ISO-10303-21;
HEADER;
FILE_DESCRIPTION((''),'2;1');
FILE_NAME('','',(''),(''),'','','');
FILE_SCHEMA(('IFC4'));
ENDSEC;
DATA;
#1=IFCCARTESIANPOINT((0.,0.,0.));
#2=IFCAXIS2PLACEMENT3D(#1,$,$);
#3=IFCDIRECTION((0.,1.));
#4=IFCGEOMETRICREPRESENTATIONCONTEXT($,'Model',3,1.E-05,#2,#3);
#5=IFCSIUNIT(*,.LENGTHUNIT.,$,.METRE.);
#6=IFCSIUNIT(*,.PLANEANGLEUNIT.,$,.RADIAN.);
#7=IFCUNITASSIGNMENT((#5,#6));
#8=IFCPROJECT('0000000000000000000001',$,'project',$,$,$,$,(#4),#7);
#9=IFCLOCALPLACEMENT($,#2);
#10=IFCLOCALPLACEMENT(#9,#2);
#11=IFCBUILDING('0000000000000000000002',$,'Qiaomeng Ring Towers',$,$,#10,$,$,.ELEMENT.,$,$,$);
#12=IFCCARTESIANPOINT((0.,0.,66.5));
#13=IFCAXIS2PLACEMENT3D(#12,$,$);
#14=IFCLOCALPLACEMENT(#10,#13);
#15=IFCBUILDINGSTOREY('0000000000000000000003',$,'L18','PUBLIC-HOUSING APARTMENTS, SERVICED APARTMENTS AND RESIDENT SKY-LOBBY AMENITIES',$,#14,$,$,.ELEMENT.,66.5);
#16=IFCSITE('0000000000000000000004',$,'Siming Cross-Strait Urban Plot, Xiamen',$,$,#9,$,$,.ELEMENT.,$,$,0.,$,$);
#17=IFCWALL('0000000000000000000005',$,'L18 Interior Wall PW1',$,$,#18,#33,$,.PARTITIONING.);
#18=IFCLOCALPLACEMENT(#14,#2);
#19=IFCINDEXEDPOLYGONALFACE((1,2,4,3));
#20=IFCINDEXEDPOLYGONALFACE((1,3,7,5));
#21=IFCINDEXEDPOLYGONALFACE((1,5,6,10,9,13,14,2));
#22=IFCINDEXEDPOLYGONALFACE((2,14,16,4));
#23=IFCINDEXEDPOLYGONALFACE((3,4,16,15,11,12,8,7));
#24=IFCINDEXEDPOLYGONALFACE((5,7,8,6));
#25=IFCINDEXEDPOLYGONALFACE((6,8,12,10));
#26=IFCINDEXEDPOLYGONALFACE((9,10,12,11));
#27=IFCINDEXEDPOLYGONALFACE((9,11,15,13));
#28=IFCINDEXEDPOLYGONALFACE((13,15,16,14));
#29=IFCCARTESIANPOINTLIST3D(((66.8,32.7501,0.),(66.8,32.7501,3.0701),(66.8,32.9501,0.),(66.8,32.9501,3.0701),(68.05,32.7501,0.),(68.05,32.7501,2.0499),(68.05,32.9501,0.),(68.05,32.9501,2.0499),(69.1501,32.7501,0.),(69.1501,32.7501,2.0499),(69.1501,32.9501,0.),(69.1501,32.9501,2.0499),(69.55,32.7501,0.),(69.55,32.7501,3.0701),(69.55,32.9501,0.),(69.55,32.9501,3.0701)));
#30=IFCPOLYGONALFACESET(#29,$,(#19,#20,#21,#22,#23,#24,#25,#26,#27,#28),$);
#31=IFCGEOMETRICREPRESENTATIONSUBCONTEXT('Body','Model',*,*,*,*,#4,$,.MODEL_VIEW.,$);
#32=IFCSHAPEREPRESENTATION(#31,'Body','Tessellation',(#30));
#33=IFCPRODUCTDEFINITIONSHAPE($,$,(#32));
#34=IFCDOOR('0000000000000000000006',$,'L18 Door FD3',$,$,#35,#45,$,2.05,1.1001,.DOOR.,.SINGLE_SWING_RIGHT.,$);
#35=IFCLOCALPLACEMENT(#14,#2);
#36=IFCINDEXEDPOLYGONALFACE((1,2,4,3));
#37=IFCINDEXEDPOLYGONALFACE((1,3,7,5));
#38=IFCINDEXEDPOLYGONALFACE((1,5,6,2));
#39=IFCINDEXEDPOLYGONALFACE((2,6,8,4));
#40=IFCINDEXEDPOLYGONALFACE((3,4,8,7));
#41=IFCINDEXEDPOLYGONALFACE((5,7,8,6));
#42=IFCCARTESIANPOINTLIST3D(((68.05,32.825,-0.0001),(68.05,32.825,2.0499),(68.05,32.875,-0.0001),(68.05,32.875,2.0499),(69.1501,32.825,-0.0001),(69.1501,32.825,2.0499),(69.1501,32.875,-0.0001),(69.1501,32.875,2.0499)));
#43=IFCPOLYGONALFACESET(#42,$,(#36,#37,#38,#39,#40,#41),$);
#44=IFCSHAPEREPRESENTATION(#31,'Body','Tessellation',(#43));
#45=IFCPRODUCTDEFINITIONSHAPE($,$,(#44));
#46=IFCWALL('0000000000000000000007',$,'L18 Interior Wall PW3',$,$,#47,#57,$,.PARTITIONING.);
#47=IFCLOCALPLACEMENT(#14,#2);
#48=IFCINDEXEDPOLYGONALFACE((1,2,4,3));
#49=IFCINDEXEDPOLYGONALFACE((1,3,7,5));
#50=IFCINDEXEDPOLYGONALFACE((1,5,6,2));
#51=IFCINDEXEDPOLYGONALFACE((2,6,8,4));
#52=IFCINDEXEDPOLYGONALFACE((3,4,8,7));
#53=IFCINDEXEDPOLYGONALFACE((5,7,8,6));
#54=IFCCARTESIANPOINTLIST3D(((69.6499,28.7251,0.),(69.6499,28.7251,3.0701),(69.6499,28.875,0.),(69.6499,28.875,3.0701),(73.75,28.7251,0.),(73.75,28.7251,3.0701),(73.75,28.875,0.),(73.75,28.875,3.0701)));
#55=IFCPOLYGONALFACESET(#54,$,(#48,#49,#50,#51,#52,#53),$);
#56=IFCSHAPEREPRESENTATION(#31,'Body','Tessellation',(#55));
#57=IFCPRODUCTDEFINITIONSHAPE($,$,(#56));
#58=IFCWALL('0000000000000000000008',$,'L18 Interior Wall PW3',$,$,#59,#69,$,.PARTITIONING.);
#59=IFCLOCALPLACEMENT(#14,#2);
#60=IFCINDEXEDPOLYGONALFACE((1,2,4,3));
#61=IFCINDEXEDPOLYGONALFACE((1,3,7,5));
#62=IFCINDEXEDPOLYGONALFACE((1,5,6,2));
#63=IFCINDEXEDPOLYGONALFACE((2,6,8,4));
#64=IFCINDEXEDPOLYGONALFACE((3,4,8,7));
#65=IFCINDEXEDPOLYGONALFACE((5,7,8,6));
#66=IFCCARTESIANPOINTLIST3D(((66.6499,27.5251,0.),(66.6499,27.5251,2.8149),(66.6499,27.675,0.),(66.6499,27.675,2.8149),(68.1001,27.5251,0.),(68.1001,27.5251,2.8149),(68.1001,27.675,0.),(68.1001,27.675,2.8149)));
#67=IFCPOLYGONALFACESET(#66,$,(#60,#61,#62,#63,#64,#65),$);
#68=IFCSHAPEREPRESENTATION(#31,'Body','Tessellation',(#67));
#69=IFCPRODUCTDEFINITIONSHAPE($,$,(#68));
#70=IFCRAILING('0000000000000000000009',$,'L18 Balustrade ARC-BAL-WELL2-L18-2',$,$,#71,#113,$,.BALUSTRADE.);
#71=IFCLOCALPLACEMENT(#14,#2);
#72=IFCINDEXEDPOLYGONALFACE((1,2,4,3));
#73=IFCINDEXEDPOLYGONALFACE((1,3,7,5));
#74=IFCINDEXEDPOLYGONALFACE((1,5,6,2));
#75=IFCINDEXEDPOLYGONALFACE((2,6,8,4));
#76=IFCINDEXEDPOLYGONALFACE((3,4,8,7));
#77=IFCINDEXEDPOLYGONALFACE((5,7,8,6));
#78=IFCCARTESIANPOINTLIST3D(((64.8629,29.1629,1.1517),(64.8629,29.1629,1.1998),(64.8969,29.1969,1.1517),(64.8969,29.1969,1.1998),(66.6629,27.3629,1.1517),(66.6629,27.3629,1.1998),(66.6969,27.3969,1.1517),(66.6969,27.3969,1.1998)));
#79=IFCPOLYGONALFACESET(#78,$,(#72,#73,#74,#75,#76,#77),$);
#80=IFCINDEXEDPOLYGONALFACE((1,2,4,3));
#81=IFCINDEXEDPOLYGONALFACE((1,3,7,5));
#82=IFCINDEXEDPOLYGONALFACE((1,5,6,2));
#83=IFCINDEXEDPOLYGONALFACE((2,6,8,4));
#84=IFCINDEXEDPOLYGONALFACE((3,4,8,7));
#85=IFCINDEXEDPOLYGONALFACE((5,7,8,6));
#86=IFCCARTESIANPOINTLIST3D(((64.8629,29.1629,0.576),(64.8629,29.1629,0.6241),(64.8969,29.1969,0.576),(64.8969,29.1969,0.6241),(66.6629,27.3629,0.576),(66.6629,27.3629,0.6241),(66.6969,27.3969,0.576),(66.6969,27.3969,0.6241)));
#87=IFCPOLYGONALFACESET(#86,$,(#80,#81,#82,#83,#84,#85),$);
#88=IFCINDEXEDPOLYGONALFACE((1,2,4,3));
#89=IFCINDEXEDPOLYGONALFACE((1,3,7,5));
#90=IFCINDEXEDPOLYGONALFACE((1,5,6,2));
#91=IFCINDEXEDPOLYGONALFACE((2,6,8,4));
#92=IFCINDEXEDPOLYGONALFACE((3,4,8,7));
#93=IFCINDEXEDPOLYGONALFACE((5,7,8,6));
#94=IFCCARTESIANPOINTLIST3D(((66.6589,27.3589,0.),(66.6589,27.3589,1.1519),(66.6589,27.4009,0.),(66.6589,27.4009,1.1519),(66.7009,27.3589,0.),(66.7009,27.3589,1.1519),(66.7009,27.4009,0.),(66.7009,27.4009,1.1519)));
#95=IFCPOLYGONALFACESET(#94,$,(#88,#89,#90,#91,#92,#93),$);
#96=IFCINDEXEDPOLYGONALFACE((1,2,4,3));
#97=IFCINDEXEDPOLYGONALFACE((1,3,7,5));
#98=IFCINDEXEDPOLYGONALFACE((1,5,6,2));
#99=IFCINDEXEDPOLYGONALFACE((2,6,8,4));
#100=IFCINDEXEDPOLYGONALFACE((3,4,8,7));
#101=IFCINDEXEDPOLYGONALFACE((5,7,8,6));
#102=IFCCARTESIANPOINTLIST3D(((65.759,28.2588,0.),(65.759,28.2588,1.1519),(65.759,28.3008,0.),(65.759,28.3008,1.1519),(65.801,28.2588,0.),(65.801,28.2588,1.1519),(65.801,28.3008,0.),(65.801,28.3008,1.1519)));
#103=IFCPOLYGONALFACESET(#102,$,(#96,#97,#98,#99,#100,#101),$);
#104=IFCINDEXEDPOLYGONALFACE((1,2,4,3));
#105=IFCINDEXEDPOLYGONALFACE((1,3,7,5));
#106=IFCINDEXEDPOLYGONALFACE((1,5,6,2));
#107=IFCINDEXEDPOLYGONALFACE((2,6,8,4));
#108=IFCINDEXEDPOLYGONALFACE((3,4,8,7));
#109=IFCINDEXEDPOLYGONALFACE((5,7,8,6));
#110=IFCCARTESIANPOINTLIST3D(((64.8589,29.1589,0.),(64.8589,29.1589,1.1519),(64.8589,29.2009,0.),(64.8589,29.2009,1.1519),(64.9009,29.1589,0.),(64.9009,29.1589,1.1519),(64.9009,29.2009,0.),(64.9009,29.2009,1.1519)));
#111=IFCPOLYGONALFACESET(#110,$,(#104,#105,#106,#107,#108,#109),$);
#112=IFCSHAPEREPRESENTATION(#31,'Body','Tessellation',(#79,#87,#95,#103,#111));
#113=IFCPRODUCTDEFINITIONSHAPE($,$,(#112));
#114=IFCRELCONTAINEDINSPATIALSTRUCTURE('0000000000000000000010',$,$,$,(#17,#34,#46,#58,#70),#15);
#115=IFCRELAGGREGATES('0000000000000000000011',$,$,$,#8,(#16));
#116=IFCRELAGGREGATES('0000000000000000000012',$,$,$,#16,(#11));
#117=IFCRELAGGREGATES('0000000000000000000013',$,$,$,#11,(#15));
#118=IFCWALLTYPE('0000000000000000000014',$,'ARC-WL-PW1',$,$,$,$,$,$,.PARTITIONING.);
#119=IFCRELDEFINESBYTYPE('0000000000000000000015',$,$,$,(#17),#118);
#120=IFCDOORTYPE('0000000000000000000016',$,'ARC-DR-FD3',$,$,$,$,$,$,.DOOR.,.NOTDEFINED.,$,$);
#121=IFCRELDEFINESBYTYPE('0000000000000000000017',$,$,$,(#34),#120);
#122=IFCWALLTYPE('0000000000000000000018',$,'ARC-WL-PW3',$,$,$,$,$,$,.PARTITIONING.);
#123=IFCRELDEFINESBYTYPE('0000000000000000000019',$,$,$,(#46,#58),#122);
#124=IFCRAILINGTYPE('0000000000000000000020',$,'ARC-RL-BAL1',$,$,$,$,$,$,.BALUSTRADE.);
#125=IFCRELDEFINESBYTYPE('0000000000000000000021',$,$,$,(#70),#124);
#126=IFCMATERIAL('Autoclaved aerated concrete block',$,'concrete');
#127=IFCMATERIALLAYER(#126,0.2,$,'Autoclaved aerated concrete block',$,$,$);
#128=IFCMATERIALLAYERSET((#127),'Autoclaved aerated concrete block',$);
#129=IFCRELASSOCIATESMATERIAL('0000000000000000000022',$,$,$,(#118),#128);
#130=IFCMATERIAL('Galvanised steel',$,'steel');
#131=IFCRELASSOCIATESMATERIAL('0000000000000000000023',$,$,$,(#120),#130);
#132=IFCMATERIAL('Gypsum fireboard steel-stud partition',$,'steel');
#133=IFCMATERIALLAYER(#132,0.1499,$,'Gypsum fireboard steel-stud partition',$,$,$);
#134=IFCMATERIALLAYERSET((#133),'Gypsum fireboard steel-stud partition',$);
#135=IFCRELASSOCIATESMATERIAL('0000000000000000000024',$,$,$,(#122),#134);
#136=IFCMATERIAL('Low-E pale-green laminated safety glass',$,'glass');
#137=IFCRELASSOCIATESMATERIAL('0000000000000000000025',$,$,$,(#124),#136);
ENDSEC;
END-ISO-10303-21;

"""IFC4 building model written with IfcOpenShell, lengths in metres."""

from ifc_helpers import new_model, si_unit, direction, frame, frame_2d, origin, origin_2d, place, context, subcontext, project, spatial, rectangle, extrude, source, transform, mapped, material, layer, layer_set, type_object, element, fill, save


model = new_model("IFC4")

# Units and contexts
model_context = context("Model", 3, precision=1e-05, world=origin(), true_north=direction((0.0, 1.0)))
body_context = subcontext(model_context, "Body", "Model", "MODEL_VIEW")
ifc_project = project(units=[si_unit("LENGTHUNIT", "METRE"), si_unit("PLANEANGLEUNIT", "RADIAN")], contexts=[model_context])

# Site, building, storey
site_placement = place(None, origin())
site = spatial("IfcSite", under=ifc_project, at=site_placement, Name="Siming Cross-Strait Urban Plot, Xiamen", CompositionType="ELEMENT", RefElevation=0.0)
building_placement = place(site_placement, origin())
building = spatial("IfcBuilding", under=site, at=building_placement, Name="Qiaomeng Ring Towers", CompositionType="ELEMENT")
storey_placement = place(building_placement, frame((0.0, 0.0, 66.5)))
storey = spatial("IfcBuildingStorey", under=building, at=storey_placement, Name="L18", Description="PUBLIC-HOUSING APARTMENTS, SERVICED APARTMENTS AND RESIDENT SKY-LOBBY AMENITIES", CompositionType="ELEMENT", Elevation=66.5)

# Shared definitions
ifc_material_1 = material(Name="Autoclaved aerated concrete block", Category="concrete")
ifc_layer_1 = layer(ifc_material_1, 0.2, Name="Autoclaved aerated concrete block")
ifc_layer_set_1 = layer_set([ifc_layer_1], Name="Autoclaved aerated concrete block")
wall_type_1 = type_object("IfcWallType", Name="ARC-WL-PW1", PredefinedType="PARTITIONING", material=ifc_layer_set_1)

# Wall, opening, door
wall_1_placement = place(storey_placement, frame((66.8, 32.8501, 0.0), z_axis=(0.0, 0.0, 1.0), x_axis=(1.0, 0.0, 0.0)))
wall_1 = element("IfcWall", 1, at=wall_1_placement, inside=storey, type_object=wall_type_1, Name="L18 Interior Wall PW1", PredefinedType="PARTITIONING", context=body_context, shape_type="SweptSolid", body=[
    extrude(rectangle(XDim=2.75, YDim=0.2, at=frame_2d((1.375, 0.0))), origin(), (0.0, 0.0, 1.0), 3.0701),
])
opening_placement = place(wall_1_placement, frame((1.25, 0.0, 0.0)))
opening = element("IfcOpeningElement", 2, at=opening_placement, cuts=wall_1, PredefinedType="OPENING", context=body_context, shape_type="SweptSolid", body=[
    extrude(rectangle(XDim=1.1001, YDim=2.05, at=frame_2d((0.55, 1.0249))), frame((0.0, 0.1099, 0.0), z_axis=(0.0, -1.0, 0.0), x_axis=(1.0, 0.0, 0.0)), (0.0, 0.0, 1.0), 0.22),
])
ifc_material_2 = material(Name="Galvanised steel", Category="steel")
door_type = type_object("IfcDoorType", Name="ARC-DR-FD3", OperationType="NOTDEFINED", PredefinedType="DOOR", material=ifc_material_2)
shared_shape_1 = source(origin(), body_context, "Body", "SweptSolid", [
    extrude(rectangle(XDim=1.1001, YDim=2.05, at=frame_2d((0.55, 1.0249))), frame((0.0, 0.0249, 0.0), z_axis=(0.0, -1.0, 0.0), x_axis=(1.0, 0.0, 0.0)), (0.0, 0.0, 1.0), 0.05),
])
door_placement = place(opening_placement, origin())
door = element("IfcDoor", 3, at=door_placement, inside=storey, type_object=door_type, Name="L18 Door FD3", OperationType="SINGLE_SWING_RIGHT", OverallHeight=2.05, OverallWidth=1.1001, PredefinedType="DOOR", context=body_context, shape_type="MappedRepresentation", body=[
    mapped(shared_shape_1, transform((0.0, 0.0, 0.0), x_axis=(1.0, 0.0, 0.0), y_axis=(0.0, 1.0, 0.0), z_axis=(0.0, 0.0, 1.0), scale=1.0)),
])
fill(opening, door)

# Walls
ifc_material_3 = material(Name="Gypsum fireboard steel-stud partition", Category="steel")
ifc_layer_2 = layer(ifc_material_3, 0.1499, Name="Gypsum fireboard steel-stud partition")
ifc_layer_set_2 = layer_set([ifc_layer_2], Name="Gypsum fireboard steel-stud partition")
wall_type_2 = type_object("IfcWallType", Name="ARC-WL-PW3", PredefinedType="PARTITIONING", material=ifc_layer_set_2)
wall_2_placement = place(storey_placement, frame((69.6499, 28.8, 0.0), z_axis=(0.0, 0.0, 1.0), x_axis=(1.0, 0.0, 0.0)))
element("IfcWall", 4, at=wall_2_placement, inside=storey, type_object=wall_type_2, Name="L18 Interior Wall PW3", PredefinedType="PARTITIONING", context=body_context, shape_type="SweptSolid", body=[
    extrude(rectangle(XDim=4.1001, YDim=0.1499, at=frame_2d((2.05, 0.0))), origin(), (0.0, 0.0, 1.0), 3.0701),
])
wall_3_placement = place(storey_placement, frame((66.6499, 27.6001, 0.0), z_axis=(0.0, 0.0, 1.0), x_axis=(1.0, 0.0, 0.0)))
element("IfcWall", 5, at=wall_3_placement, inside=storey, type_object=wall_type_2, Name="L18 Interior Wall PW3", PredefinedType="PARTITIONING", context=body_context, shape_type="SweptSolid", body=[
    extrude(rectangle(XDim=1.4502, YDim=0.1499, at=frame_2d((0.7251, 0.0))), origin(), (0.0, 0.0, 1.0), 2.8149),
])

# Railing
ifc_material_4 = material(Name="Low-E pale-green laminated safety glass", Category="glass")
railing_type = type_object("IfcRailingType", Name="ARC-RL-BAL1", PredefinedType="BALUSTRADE", material=ifc_material_4)
railing_1_placement = place(storey_placement, frame((66.6799, 27.3799, 0.0)))
element("IfcRailing", 6, at=railing_1_placement, inside=storey, type_object=railing_type, Name="L18 Balustrade ARC-BAL-WELL2-L18-2", PredefinedType="BALUSTRADE", context=body_context, shape_type="SweptSolid", body=[
    extrude(rectangle(XDim=0.0481, YDim=0.0481, at=origin_2d()), frame((0.0, 0.0, 1.1758), z_axis=(-0.707107, 0.707107, 0.0), x_axis=(-0.707107, -0.707107, 0.0)), (0.0, 0.0, 1.0), 2.5457),
    extrude(rectangle(XDim=0.0481, YDim=0.0481, at=origin_2d()), frame((0.0, 0.0, 0.6001), z_axis=(-0.707107, 0.707107, 0.0), x_axis=(-0.707107, -0.707107, 0.0)), (0.0, 0.0, 1.0), 2.5457),
    extrude(rectangle(XDim=0.042, YDim=0.042, at=origin_2d()), origin(), (0.0, 0.0, 1.0), 1.1519),
    extrude(rectangle(XDim=0.042, YDim=0.042, at=origin_2d()), frame((-0.8999, 0.8999, 0.0)), (0.0, 0.0, 1.0), 1.1519),
    extrude(rectangle(XDim=0.042, YDim=0.042, at=origin_2d()), frame((-1.8, 1.8, 0.0)), (0.0, 0.0, 1.0), 1.1519),
])

save(model, "model.ifc")
